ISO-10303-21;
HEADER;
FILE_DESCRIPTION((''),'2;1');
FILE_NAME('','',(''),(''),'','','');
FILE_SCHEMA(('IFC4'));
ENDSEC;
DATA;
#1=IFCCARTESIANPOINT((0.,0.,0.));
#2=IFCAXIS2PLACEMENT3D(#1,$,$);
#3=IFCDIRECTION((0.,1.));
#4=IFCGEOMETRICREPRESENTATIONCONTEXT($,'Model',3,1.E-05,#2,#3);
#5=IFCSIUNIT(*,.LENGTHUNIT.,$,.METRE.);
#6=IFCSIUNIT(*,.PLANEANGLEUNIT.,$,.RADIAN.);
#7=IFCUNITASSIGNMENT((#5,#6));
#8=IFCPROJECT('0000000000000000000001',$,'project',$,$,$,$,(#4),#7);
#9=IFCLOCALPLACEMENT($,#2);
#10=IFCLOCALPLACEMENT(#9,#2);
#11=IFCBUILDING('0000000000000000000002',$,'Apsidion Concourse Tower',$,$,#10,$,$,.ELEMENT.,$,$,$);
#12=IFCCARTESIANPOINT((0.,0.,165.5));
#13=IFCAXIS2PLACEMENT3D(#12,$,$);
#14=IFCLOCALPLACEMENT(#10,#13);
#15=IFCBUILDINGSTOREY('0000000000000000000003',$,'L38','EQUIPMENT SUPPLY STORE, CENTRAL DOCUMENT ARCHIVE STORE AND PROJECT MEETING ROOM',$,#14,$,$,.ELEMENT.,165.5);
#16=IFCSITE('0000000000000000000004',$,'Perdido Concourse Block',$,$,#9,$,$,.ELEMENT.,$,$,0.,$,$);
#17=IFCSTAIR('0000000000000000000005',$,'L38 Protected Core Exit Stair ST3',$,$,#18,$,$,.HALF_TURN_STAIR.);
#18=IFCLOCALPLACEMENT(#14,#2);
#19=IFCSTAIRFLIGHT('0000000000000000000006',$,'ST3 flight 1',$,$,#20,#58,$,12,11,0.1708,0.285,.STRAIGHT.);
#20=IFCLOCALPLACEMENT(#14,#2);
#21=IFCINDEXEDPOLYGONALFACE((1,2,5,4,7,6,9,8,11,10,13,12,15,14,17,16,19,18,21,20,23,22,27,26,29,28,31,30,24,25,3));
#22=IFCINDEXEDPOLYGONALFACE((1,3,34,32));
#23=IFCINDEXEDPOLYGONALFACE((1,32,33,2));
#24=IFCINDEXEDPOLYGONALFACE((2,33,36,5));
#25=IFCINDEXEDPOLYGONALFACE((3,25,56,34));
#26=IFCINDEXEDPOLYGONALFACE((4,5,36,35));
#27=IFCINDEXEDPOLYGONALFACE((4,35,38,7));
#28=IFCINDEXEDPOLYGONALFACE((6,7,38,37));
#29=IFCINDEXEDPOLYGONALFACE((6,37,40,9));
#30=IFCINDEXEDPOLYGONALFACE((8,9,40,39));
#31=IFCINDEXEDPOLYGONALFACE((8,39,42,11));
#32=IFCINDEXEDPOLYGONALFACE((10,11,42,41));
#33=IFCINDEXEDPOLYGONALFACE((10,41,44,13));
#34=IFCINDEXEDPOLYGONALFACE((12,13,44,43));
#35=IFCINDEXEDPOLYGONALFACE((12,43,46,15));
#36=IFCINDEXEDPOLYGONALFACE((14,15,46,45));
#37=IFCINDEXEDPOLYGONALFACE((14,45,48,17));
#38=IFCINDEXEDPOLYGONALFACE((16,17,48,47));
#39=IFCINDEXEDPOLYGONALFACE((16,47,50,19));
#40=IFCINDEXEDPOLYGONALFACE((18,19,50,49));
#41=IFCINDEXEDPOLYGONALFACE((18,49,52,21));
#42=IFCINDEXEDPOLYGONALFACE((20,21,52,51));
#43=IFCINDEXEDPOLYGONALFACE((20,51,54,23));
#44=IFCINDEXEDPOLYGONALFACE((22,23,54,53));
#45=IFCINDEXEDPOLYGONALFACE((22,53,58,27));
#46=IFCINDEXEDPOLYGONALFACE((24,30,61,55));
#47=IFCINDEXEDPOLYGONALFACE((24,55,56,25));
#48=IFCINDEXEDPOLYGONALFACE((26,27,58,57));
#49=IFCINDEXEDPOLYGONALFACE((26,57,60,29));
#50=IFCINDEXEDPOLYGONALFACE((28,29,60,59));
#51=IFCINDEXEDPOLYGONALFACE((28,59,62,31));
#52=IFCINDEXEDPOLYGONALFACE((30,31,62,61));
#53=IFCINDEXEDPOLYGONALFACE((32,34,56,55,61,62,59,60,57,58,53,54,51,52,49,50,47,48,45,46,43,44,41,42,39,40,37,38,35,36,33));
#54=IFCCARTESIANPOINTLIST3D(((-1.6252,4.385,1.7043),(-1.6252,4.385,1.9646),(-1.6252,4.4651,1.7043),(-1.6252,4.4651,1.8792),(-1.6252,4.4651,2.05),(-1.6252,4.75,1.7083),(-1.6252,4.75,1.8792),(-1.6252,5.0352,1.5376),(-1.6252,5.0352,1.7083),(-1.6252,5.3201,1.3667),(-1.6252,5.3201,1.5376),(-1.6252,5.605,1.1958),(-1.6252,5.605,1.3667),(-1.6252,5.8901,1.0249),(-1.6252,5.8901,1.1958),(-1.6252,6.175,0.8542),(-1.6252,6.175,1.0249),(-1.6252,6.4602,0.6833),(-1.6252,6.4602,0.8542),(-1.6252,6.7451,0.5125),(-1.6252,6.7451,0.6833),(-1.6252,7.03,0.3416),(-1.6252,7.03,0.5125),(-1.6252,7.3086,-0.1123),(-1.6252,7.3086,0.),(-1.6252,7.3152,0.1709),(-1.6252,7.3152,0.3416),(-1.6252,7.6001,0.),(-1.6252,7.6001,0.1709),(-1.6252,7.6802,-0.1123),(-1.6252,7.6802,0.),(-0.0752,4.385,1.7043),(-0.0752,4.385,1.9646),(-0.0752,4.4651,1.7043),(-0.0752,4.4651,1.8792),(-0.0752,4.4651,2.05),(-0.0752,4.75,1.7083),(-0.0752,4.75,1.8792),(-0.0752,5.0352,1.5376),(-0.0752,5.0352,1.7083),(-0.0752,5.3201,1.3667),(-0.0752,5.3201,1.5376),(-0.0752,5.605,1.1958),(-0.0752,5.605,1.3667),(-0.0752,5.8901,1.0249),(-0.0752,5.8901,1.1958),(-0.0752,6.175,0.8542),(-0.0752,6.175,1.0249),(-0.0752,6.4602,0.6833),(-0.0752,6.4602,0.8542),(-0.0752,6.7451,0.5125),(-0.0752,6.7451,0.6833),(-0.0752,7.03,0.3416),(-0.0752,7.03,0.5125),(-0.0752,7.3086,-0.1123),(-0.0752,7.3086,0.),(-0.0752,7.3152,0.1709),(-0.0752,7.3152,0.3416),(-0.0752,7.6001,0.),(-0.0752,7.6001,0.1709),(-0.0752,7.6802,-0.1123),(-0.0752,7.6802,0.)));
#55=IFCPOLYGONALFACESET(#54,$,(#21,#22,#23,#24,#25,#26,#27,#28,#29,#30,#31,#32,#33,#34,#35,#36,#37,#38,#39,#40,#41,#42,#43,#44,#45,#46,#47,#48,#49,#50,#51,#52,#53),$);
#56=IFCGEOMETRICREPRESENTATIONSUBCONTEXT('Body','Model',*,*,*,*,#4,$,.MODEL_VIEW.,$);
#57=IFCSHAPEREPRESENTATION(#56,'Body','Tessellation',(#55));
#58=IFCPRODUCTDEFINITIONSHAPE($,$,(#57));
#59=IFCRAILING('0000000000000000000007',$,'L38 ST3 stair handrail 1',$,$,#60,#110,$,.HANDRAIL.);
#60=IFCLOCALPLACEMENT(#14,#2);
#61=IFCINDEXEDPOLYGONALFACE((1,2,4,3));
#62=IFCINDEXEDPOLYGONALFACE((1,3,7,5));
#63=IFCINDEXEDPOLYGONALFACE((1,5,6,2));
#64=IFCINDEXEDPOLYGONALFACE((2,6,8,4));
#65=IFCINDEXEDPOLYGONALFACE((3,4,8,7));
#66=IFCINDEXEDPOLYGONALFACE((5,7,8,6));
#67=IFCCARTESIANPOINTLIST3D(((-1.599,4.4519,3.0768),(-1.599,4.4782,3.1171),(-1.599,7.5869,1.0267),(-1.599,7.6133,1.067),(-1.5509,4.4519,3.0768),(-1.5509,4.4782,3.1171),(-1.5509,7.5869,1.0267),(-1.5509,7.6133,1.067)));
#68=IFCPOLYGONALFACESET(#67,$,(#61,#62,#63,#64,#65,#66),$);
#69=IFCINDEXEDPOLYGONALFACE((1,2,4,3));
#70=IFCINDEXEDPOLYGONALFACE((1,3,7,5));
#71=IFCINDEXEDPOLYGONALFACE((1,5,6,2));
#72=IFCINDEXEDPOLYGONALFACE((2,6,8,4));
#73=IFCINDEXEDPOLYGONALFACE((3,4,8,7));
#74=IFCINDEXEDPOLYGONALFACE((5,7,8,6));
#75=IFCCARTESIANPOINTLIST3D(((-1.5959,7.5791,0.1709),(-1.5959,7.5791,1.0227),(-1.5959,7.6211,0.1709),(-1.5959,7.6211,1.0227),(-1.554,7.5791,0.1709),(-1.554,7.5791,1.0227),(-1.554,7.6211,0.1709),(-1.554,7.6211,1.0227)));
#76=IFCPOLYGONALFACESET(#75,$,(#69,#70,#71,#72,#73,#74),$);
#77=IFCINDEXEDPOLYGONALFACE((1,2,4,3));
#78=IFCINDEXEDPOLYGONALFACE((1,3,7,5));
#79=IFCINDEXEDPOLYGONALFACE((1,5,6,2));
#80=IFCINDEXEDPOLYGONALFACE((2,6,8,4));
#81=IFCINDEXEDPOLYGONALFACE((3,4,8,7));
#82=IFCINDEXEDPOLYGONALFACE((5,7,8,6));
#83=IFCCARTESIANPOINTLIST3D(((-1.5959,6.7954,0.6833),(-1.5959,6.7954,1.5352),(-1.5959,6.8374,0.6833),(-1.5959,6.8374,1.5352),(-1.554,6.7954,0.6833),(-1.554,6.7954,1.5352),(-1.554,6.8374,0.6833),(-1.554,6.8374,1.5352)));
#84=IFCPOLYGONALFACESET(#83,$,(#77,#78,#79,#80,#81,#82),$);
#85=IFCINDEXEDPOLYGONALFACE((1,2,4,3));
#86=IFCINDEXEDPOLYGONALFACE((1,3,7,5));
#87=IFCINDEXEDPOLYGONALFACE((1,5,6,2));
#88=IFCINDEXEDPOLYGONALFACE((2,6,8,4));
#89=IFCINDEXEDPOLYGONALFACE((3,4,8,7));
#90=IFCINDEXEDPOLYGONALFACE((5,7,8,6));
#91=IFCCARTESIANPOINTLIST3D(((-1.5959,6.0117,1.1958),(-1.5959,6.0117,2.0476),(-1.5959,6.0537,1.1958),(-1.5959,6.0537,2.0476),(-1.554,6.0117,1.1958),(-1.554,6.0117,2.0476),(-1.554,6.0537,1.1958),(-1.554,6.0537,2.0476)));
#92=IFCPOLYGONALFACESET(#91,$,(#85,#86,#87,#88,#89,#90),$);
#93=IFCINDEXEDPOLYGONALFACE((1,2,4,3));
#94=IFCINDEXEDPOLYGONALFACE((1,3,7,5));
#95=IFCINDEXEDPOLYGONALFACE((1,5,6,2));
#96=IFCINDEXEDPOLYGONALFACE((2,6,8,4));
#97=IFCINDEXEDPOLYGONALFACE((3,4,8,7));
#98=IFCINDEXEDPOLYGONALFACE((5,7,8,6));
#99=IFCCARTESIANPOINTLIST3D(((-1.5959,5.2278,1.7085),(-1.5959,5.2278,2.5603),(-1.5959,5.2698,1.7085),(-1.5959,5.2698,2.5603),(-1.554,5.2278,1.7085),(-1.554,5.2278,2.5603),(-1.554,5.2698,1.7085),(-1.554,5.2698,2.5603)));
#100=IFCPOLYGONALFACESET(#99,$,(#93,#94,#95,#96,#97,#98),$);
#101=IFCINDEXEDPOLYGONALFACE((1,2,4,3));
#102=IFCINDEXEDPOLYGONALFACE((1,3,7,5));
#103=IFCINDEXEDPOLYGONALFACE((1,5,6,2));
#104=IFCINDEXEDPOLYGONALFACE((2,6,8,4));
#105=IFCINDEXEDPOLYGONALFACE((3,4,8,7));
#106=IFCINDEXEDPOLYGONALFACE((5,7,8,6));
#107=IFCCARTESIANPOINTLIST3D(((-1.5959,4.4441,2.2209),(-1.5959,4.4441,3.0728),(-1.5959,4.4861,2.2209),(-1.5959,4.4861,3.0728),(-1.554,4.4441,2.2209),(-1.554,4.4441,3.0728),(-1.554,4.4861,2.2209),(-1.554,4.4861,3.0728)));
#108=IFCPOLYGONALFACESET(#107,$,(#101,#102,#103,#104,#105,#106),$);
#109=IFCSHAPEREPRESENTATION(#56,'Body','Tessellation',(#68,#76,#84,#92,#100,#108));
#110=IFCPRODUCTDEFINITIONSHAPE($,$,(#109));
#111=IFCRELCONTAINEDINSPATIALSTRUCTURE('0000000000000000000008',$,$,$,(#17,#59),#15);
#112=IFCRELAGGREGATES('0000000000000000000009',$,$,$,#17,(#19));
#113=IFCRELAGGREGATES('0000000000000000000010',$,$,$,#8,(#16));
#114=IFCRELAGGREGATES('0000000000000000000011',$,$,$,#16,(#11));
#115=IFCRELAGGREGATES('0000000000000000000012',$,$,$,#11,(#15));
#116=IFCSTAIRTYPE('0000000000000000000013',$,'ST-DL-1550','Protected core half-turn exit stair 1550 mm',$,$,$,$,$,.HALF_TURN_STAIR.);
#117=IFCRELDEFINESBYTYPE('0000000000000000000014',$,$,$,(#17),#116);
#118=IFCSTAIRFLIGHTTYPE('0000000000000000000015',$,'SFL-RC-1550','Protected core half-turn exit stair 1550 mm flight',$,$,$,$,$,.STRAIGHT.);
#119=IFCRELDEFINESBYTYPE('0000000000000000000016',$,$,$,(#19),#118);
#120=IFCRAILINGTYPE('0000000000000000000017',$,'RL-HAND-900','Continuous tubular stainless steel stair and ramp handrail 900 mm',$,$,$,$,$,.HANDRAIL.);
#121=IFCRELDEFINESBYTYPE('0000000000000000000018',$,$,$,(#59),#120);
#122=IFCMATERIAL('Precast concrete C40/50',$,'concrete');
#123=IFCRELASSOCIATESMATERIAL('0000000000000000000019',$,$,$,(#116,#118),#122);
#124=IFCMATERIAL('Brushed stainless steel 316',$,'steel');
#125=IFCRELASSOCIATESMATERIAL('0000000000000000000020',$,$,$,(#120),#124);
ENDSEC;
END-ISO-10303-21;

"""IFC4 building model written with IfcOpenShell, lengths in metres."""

from ifc_helpers import new_model, si_unit, direction, frame, origin, origin_2d, place, context, subcontext, project, spatial, polyline, rectangle, outline, extrude, material, type_object, element, aggregate, save


model = new_model("IFC4")

# Units and contexts
model_context = context("Model", 3, precision=1e-05, world=origin(), true_north=direction((0.0, 1.0)))
body_context = subcontext(model_context, "Body", "Model", "MODEL_VIEW")
ifc_project = project(units=[si_unit("LENGTHUNIT", "METRE"), si_unit("PLANEANGLEUNIT", "RADIAN")], contexts=[model_context])

# Site, building, storey
site_placement = place(None, origin())
site = spatial("IfcSite", under=ifc_project, at=site_placement, Name="Perdido Concourse Block", CompositionType="ELEMENT", RefElevation=0.0)
building_placement = place(site_placement, origin())
building = spatial("IfcBuilding", under=site, at=building_placement, Name="Apsidion Concourse Tower", CompositionType="ELEMENT")
storey_placement = place(building_placement, frame((0.0, 0.0, 165.5)))
storey = spatial("IfcBuildingStorey", under=building, at=storey_placement, Name="L38", Description="EQUIPMENT SUPPLY STORE, CENTRAL DOCUMENT ARCHIVE STORE AND PROJECT MEETING ROOM", CompositionType="ELEMENT", Elevation=165.5)

# Shared definitions
ifc_material_1 = material(Name="Brushed stainless steel 316", Category="steel")

# Stair, stair flight
ifc_material_2 = material(Name="Precast concrete C40/50", Category="concrete")
stair_type = type_object("IfcStairType", Name="ST-DL-1550", Description="Protected core half-turn exit stair 1550 mm", PredefinedType="HALF_TURN_STAIR", material=ifc_material_2)
stair_placement = place(storey_placement, origin())
stair = element("IfcStair", 1, at=stair_placement, inside=storey, type_object=stair_type, Name="L38 Protected Core Exit Stair ST3", PredefinedType="HALF_TURN_STAIR")
stair_flight_type = type_object("IfcStairFlightType", Name="SFL-RC-1550", Description="Protected core half-turn exit stair 1550 mm flight", PredefinedType="STRAIGHT", material=ifc_material_2)
stair_flight_placement = place(storey_placement, frame((-0.8501, 7.6001, 0.0), z_axis=(0.0, 0.0, 1.0), x_axis=(0.0, -1.0, 0.0)))
stair_flight = element("IfcStairFlight", 2, at=stair_flight_placement, type_object=stair_flight_type, Name="ST3 flight 1", NumberOfRisers=12, NumberOfTreads=11, PredefinedType="STRAIGHT", RiserHeight=0.1708, TreadLength=0.285, context=body_context, shape_type="SweptSolid", body=[
    extrude(outline(polyline([(-0.0801, -0.1123), (-0.0801, 0.0), (0.0, 0.0), (0.0, 0.1709), (0.2849, 0.1709), (0.2849, 0.3416), (0.5701, 0.3416), (0.5701, 0.5125), (0.855, 0.5125), (0.855, 0.6833), (1.1399, 0.6833), (1.1399, 0.8542), (1.425, 0.8542), (1.425, 1.0249), (1.71, 1.0249), (1.71, 1.1958), (1.9951, 1.1958), (1.9951, 1.3667), (2.28, 1.3667), (2.28, 1.5376), (2.5649, 1.5376), (2.5649, 1.7083), (2.8501, 1.7083), (2.8501, 1.8792), (3.135, 1.8792), (3.135, 2.05), (3.2151, 1.9646), (3.2151, 1.7043), (3.135, 1.7043), (0.2915, 0.0), (0.2915, -0.1123), (-0.0801, -0.1123)])), frame((0.0, 0.7749, 0.0), z_axis=(0.0, -1.0, 0.0), x_axis=(1.0, 0.0, 0.0)), (0.0, 0.0, 1.0), 1.55),
])
aggregate(stair, [stair_flight])

# Railing
railing_type = type_object("IfcRailingType", Name="RL-HAND-900", Description="Continuous tubular stainless steel stair and ramp handrail 900 mm", PredefinedType="HANDRAIL", material=ifc_material_1)
railing_placement = place(storey_placement, frame((-1.575, 7.6001, 0.1709)))
element("IfcRailing", 3, at=railing_placement, inside=storey, type_object=railing_type, Name="L38 ST3 stair handrail 1", PredefinedType="HANDRAIL", context=body_context, shape_type="SweptSolid", body=[
    extrude(rectangle(XDim=0.0481, YDim=0.0481, at=origin_2d()), frame((0.0, 0.0, 0.876), z_axis=(0.0, -0.836941, 0.547293), x_axis=(1.0, 0.0, 0.0)), (0.0, 0.0, 1.0), 3.7458),
    extrude(rectangle(XDim=0.042, YDim=0.042, at=origin_2d()), origin(), (0.0, 0.0, 1.0), 0.8518),
    extrude(rectangle(XDim=0.042, YDim=0.042, at=origin_2d()), frame((0.0, -0.7837, 0.5125)), (0.0, 0.0, 1.0), 0.8518),
    extrude(rectangle(XDim=0.042, YDim=0.042, at=origin_2d()), frame((0.0, -1.5674, 1.0249)), (0.0, 0.0, 1.0), 0.8518),
    extrude(rectangle(XDim=0.042, YDim=0.042, at=origin_2d()), frame((0.0, -2.3513, 1.5376)), (0.0, 0.0, 1.0), 0.8518),
    extrude(rectangle(XDim=0.042, YDim=0.042, at=origin_2d()), frame((0.0, -3.135, 2.05)), (0.0, 0.0, 1.0), 0.8518),
])

save(model, "model.ifc")
